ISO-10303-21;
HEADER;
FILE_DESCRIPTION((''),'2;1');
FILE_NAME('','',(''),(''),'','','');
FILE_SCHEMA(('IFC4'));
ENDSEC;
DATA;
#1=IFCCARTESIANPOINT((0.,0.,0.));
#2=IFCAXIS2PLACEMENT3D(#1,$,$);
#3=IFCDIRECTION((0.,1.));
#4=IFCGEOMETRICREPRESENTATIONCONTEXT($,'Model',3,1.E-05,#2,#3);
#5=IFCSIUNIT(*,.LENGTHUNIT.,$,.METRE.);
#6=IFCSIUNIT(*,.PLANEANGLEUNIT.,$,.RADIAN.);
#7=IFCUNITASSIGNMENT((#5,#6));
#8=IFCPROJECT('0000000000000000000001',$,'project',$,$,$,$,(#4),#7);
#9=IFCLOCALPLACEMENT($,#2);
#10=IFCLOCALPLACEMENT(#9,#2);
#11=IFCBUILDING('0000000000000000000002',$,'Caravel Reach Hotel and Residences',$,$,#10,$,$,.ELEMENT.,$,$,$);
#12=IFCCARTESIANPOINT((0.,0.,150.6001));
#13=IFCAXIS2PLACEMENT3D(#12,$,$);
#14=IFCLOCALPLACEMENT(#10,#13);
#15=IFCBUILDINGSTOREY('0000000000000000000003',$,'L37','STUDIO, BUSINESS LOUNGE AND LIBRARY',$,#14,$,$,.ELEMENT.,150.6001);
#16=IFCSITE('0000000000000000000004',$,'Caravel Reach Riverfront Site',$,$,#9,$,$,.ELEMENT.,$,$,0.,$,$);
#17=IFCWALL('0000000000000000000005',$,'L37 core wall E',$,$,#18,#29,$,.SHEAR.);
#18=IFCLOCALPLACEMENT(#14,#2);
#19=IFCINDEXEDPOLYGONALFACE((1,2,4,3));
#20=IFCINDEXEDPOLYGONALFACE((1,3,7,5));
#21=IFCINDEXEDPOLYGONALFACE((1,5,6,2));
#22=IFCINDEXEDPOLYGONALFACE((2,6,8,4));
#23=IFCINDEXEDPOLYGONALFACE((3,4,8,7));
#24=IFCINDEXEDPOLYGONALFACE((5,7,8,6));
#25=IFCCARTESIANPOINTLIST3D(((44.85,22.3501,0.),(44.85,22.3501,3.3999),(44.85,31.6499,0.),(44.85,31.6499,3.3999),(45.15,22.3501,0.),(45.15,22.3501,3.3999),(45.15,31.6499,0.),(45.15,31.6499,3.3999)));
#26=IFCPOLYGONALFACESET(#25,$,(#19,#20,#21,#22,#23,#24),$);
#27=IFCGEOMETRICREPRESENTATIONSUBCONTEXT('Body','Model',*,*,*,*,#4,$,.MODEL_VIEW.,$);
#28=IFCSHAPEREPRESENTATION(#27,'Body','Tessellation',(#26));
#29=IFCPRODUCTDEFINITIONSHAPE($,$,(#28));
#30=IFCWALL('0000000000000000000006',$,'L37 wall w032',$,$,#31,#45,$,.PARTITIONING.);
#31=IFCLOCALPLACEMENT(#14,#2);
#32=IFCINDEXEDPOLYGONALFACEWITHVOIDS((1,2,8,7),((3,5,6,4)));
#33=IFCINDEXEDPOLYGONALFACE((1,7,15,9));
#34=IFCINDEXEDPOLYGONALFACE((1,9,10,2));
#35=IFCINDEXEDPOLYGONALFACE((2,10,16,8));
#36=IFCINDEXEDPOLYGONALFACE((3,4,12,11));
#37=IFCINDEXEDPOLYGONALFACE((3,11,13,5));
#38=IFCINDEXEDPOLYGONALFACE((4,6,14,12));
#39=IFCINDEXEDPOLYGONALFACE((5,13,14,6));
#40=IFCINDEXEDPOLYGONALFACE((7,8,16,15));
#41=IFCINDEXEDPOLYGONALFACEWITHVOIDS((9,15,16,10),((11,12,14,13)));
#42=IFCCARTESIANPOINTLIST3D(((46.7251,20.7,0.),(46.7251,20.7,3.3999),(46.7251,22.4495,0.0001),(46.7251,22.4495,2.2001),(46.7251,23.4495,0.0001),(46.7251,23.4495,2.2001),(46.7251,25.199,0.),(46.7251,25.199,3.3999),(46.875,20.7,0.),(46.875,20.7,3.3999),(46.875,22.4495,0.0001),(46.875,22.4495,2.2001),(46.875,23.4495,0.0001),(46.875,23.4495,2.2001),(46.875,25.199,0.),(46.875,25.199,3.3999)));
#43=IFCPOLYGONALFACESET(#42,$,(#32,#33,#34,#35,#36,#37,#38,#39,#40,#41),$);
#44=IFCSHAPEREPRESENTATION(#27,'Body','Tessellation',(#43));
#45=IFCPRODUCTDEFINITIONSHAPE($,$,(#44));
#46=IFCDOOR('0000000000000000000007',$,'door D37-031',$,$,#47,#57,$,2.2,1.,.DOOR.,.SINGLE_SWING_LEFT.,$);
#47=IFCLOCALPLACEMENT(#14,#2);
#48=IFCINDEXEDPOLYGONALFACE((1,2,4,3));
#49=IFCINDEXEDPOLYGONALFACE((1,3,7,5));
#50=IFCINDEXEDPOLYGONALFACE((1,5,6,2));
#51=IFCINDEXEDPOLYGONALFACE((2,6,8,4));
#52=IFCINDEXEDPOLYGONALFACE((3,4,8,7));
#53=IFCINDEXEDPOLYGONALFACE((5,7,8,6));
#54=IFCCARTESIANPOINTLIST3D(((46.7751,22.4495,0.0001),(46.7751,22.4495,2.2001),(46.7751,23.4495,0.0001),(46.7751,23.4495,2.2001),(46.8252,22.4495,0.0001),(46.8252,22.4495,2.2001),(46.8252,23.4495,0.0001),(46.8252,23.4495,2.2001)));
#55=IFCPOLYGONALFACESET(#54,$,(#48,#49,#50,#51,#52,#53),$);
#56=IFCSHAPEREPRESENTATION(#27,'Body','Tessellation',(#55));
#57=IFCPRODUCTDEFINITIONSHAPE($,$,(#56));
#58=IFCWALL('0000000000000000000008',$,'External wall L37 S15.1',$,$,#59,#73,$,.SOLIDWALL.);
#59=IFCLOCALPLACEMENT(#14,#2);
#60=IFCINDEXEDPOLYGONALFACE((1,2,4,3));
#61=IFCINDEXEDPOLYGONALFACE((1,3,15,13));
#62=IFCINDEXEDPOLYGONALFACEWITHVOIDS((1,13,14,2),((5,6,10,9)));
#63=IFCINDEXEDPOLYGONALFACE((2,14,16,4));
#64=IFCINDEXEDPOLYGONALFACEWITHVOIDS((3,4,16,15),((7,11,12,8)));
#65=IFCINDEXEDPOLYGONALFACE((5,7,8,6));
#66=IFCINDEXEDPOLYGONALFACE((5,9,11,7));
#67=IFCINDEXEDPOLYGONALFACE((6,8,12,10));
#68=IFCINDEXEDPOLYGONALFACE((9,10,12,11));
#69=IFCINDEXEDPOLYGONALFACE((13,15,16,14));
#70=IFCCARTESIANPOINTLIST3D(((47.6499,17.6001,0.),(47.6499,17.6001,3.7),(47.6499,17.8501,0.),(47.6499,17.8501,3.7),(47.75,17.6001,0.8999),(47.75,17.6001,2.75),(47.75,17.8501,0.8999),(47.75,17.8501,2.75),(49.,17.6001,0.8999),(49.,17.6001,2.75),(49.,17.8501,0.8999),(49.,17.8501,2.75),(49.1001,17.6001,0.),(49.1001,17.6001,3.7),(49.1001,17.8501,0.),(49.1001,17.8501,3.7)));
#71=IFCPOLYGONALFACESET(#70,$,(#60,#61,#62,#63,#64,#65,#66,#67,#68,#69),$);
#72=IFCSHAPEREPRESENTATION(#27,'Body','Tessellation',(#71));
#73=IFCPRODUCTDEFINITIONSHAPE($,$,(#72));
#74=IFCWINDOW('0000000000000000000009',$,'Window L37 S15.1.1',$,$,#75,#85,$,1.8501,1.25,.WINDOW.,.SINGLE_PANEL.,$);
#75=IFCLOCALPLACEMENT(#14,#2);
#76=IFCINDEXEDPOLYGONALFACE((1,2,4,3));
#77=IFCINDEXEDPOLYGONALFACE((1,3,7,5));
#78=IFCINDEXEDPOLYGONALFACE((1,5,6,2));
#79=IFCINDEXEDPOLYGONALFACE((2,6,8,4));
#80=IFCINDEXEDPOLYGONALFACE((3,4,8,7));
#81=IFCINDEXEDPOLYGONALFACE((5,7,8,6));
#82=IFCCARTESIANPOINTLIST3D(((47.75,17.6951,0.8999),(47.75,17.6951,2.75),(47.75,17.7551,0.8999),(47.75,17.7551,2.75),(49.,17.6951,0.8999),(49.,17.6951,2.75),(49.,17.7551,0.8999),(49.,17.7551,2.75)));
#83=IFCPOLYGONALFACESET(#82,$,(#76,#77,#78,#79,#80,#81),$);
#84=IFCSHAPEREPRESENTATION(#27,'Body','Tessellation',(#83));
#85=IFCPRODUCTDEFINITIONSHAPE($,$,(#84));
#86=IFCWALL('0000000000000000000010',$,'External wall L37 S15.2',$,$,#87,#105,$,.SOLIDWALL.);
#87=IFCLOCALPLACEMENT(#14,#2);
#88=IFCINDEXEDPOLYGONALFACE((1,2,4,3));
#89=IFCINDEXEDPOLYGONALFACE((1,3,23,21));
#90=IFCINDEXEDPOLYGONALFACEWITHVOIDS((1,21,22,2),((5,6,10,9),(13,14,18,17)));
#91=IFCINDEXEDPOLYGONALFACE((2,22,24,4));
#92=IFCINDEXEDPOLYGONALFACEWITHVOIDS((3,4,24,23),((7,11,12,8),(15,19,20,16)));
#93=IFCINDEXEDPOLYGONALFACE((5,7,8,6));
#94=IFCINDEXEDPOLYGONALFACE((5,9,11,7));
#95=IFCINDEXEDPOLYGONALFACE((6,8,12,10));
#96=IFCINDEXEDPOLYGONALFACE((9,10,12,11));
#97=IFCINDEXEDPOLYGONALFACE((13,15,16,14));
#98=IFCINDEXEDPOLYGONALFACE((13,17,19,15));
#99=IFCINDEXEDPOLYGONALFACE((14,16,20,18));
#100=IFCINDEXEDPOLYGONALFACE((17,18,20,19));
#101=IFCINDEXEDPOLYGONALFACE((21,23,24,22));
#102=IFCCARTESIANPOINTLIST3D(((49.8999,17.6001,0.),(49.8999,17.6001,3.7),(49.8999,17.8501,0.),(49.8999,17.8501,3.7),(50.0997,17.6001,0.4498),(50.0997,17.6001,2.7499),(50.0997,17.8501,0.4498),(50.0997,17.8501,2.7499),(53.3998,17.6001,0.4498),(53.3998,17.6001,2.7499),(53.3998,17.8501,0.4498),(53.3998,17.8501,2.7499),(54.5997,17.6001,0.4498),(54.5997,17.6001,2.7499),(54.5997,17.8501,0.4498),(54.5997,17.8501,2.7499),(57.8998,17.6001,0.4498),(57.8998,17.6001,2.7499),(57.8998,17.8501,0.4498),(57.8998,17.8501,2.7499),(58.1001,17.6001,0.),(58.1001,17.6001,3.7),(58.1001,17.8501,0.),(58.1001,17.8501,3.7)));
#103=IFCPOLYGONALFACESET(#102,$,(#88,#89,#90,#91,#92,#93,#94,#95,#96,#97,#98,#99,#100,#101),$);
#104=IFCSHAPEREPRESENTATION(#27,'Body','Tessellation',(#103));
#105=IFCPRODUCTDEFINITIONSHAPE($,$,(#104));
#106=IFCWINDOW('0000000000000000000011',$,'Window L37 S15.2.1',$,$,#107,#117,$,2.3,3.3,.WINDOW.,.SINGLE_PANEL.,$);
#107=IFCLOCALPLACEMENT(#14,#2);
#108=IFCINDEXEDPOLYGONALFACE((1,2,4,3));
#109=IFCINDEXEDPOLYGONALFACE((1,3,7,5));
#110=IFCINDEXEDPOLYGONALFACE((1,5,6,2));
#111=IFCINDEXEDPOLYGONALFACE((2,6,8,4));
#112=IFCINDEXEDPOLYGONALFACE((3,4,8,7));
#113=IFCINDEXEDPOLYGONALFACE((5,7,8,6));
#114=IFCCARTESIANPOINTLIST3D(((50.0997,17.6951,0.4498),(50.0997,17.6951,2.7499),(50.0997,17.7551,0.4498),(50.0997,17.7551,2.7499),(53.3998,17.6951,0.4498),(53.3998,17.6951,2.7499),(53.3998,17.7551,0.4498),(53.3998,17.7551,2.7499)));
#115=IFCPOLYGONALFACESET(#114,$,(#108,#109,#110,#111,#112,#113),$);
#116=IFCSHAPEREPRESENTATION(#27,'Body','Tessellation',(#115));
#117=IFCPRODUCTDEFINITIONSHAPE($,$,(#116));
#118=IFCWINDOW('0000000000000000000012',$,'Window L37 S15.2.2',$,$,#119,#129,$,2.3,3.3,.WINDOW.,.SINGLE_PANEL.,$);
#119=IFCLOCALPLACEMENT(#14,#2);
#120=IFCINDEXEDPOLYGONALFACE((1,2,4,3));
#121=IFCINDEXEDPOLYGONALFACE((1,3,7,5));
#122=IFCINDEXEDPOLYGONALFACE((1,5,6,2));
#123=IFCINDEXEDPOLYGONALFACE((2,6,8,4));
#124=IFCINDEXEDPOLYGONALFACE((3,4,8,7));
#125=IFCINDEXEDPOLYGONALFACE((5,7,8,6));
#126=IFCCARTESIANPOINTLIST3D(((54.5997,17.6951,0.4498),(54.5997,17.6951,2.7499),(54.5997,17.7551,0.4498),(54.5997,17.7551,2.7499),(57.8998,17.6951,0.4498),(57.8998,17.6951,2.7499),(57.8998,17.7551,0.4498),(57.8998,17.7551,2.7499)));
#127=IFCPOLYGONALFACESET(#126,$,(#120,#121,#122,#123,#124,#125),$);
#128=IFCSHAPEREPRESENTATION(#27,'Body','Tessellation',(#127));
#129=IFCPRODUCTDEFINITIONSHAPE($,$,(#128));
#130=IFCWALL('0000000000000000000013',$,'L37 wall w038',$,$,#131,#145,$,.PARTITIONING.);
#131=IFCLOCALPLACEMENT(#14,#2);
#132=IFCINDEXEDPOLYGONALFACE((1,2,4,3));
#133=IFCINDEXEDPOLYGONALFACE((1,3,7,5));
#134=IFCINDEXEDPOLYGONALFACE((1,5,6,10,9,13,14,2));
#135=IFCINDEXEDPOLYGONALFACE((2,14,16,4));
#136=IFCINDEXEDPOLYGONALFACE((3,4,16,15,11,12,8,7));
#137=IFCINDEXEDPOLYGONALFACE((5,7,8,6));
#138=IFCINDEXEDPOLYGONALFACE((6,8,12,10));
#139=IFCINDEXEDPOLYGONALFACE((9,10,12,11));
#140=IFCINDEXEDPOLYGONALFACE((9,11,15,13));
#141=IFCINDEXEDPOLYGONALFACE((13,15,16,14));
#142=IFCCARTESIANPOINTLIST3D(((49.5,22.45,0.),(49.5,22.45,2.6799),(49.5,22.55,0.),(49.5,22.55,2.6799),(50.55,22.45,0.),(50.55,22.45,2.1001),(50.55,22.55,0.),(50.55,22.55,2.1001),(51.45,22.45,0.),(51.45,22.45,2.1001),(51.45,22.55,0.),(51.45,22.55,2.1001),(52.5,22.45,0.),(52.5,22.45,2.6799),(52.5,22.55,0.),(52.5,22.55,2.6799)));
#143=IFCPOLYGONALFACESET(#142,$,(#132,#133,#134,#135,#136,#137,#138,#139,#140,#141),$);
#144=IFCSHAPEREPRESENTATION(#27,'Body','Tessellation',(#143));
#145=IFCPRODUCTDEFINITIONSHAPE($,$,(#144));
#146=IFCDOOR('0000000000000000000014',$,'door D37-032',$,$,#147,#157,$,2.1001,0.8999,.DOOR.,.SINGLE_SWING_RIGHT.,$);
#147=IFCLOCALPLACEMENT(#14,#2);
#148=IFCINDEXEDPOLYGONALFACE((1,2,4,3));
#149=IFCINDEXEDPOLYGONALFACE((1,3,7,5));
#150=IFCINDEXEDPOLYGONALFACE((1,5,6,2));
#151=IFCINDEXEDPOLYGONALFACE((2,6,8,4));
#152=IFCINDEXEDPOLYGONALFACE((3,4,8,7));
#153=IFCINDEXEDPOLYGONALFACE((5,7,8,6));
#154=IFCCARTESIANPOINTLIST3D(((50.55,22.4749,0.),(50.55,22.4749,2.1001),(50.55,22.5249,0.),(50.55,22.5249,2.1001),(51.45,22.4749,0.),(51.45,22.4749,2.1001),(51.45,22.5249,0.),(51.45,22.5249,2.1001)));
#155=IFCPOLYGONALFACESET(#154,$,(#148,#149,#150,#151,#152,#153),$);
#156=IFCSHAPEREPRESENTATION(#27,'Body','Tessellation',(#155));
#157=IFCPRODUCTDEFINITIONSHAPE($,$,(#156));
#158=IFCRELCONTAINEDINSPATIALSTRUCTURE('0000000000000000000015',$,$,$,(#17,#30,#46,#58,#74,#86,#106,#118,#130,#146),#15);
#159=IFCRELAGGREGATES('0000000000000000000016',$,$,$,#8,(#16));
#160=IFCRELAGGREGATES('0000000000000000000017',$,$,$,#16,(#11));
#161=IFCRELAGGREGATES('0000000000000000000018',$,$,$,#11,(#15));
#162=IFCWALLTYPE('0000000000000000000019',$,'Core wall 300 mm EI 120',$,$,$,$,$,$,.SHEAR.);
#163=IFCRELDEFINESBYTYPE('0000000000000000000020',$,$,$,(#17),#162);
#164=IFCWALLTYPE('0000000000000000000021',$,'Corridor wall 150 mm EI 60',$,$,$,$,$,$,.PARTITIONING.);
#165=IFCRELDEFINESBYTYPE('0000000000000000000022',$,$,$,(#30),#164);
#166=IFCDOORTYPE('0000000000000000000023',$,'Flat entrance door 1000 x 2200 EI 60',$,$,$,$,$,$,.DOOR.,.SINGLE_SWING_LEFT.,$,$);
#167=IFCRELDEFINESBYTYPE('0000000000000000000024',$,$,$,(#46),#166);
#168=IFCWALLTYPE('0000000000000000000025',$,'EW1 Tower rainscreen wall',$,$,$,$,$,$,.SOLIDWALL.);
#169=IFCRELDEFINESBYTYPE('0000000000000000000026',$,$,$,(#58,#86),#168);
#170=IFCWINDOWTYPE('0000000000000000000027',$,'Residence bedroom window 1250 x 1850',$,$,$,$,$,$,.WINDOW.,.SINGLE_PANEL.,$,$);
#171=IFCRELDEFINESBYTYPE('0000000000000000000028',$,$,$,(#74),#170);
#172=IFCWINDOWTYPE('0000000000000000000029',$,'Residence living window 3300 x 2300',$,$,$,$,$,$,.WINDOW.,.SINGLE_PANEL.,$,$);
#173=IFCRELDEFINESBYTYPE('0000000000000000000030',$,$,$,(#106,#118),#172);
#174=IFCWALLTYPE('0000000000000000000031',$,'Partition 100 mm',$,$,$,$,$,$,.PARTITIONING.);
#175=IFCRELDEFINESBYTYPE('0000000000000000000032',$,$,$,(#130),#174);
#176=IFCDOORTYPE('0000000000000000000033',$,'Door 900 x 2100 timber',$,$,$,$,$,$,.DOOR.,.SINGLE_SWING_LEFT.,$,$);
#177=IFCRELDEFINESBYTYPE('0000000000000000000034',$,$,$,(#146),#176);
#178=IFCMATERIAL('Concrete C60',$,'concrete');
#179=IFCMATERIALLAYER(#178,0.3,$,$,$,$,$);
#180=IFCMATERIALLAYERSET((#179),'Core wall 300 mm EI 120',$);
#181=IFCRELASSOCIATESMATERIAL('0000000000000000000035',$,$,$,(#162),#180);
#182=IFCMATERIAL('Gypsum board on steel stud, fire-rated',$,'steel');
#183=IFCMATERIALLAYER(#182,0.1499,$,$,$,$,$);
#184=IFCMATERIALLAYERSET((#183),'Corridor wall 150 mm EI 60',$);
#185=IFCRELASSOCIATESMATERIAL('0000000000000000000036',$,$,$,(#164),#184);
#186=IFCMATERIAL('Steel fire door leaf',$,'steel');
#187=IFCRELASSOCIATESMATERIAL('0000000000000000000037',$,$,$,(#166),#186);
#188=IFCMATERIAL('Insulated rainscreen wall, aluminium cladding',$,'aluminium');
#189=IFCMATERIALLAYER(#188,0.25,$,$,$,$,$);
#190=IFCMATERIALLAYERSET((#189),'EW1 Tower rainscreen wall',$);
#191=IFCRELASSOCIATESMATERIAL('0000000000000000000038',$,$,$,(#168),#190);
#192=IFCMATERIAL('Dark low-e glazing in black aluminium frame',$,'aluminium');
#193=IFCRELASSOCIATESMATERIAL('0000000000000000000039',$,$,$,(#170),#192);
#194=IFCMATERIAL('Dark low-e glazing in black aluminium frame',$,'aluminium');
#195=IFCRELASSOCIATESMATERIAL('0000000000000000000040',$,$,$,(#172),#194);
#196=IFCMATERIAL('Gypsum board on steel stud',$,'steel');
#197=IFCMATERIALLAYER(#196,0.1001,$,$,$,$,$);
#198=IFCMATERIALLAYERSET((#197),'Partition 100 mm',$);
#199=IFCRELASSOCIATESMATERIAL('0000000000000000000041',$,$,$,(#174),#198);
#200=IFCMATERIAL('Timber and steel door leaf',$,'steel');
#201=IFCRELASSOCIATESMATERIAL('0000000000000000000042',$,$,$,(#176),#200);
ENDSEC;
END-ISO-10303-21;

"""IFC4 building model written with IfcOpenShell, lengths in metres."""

from ifc_helpers import new_model, si_unit, direction, frame, frame_2d, origin, place, context, subcontext, project, spatial, rectangle, extrude, material, layer, layer_set, type_object, element, fill, save


model = new_model("IFC4")

# Units and contexts
model_context = context("Model", 3, precision=1e-05, world=origin(), true_north=direction((0.0, 1.0)))
body_context = subcontext(model_context, "Body", "Model", "MODEL_VIEW")
ifc_project = project(units=[si_unit("LENGTHUNIT", "METRE"), si_unit("PLANEANGLEUNIT", "RADIAN")], contexts=[model_context])

# Site, building, storey
site_placement = place(None, origin())
site = spatial("IfcSite", under=ifc_project, at=site_placement, Name="Caravel Reach Riverfront Site", CompositionType="ELEMENT", RefElevation=0.0)
building_placement = place(site_placement, origin())
building = spatial("IfcBuilding", under=site, at=building_placement, Name="Caravel Reach Hotel and Residences", CompositionType="ELEMENT")
storey_placement = place(building_placement, frame((0.0, 0.0, 150.6001)))
storey = spatial("IfcBuildingStorey", under=building, at=storey_placement, Name="L37", Description="STUDIO, BUSINESS LOUNGE AND LIBRARY", CompositionType="ELEMENT", Elevation=150.6001)

# Wall
ifc_material_1 = material(Name="Concrete C60", Category="concrete")
ifc_layer_1 = layer(ifc_material_1, 0.3)
ifc_layer_set_1 = layer_set([ifc_layer_1], Name="Core wall 300 mm EI 120")
wall_type_1 = type_object("IfcWallType", Name="Core wall 300 mm EI 120", PredefinedType="SHEAR", material=ifc_layer_set_1)
wall_1_placement = place(storey_placement, frame((45.0, 22.3501, 0.0), z_axis=(0.0, 0.0, 1.0), x_axis=(0.0, 1.0, 0.0)))
element("IfcWall", 1, at=wall_1_placement, inside=storey, type_object=wall_type_1, Name="L37 core wall E", PredefinedType="SHEAR", context=body_context, shape_type="SweptSolid", body=[
    extrude(rectangle(XDim=9.2998, YDim=0.3, at=frame_2d((4.6499, 0.0))), origin(), (0.0, 0.0, 1.0), 3.3999),
])

# Wall, opening, door
ifc_material_2 = material(Name="Gypsum board on steel stud, fire-rated", Category="steel")
ifc_layer_2 = layer(ifc_material_2, 0.1499)
ifc_layer_set_2 = layer_set([ifc_layer_2], Name="Corridor wall 150 mm EI 60")
wall_type_2 = type_object("IfcWallType", Name="Corridor wall 150 mm EI 60", PredefinedType="PARTITIONING", material=ifc_layer_set_2)
wall_2_placement = place(storey_placement, frame((46.8, 20.7, 0.0), z_axis=(0.0, 0.0, 1.0), x_axis=(0.0, 1.0, 0.0)))
wall_2 = element("IfcWall", 2, at=wall_2_placement, inside=storey, type_object=wall_type_2, Name="L37 wall w032", PredefinedType="PARTITIONING", context=body_context, shape_type="SweptSolid", body=[
    extrude(rectangle(XDim=4.499, YDim=0.1499, at=frame_2d((2.2495, 0.0))), origin(), (0.0, 0.0, 1.0), 3.3999),
])
opening_1_placement = place(wall_2_placement, frame((1.7495, 0.0, 0.0)))
opening_1 = element("IfcOpeningElement", 3, at=opening_1_placement, cuts=wall_2, PredefinedType="OPENING", context=body_context, shape_type="SweptSolid", body=[
    extrude(rectangle(XDim=1.0, YDim=2.2, at=frame_2d((0.5, 1.1001))), frame((0.0, 0.085, 0.0), z_axis=(0.0, -1.0, 0.0), x_axis=(1.0, 0.0, 0.0)), (0.0, 0.0, 1.0), 0.1699),
])
ifc_material_3 = material(Name="Steel fire door leaf", Category="steel")
door_type_1 = type_object("IfcDoorType", Name="Flat entrance door 1000 x 2200 EI 60", OperationType="SINGLE_SWING_LEFT", PredefinedType="DOOR", material=ifc_material_3)
door_1_placement = place(opening_1_placement, origin())
door_1 = element("IfcDoor", 4, at=door_1_placement, inside=storey, type_object=door_type_1, Name="door D37-031", OperationType="SINGLE_SWING_LEFT", OverallHeight=2.2, OverallWidth=1.0, PredefinedType="DOOR", context=body_context, shape_type="SweptSolid", body=[
    extrude(rectangle(XDim=1.0, YDim=2.2, at=frame_2d((0.5, 1.1001))), frame((0.0, 0.0249, 0.0), z_axis=(0.0, -1.0, 0.0), x_axis=(1.0, 0.0, 0.0)), (0.0, 0.0, 1.0), 0.05),
])
fill(opening_1, door_1)

# Wall, opening, window
ifc_material_4 = material(Name="Insulated rainscreen wall, aluminium cladding", Category="aluminium")
ifc_layer_3 = layer(ifc_material_4, 0.25)
ifc_layer_set_3 = layer_set([ifc_layer_3], Name="EW1 Tower rainscreen wall")
wall_type_3 = type_object("IfcWallType", Name="EW1 Tower rainscreen wall", PredefinedType="SOLIDWALL", material=ifc_layer_set_3)
wall_3_placement = place(storey_placement, frame((47.6499, 17.7251, 0.0), z_axis=(0.0, 0.0, 1.0), x_axis=(1.0, 0.0, 0.0)))
wall_3 = element("IfcWall", 5, at=wall_3_placement, inside=storey, type_object=wall_type_3, Name="External wall L37 S15.1", PredefinedType="SOLIDWALL", context=body_context, shape_type="SweptSolid", body=[
    extrude(rectangle(XDim=1.4502, YDim=0.25, at=frame_2d((0.7251, 0.0))), origin(), (0.0, 0.0, 1.0), 3.7),
])
opening_2_placement = place(wall_3_placement, frame((0.1001, 0.0, 0.8999)))
opening_2 = element("IfcOpeningElement", 6, at=opening_2_placement, cuts=wall_3, PredefinedType="OPENING", context=body_context, shape_type="SweptSolid", body=[
    extrude(rectangle(XDim=1.25, YDim=1.8501, at=frame_2d((0.625, 0.925))), frame((0.0, 0.135, 0.0), z_axis=(0.0, -1.0, 0.0), x_axis=(1.0, 0.0, 0.0)), (0.0, 0.0, 1.0), 0.27),
])
ifc_material_5 = material(Name="Dark low-e glazing in black aluminium frame", Category="aluminium")
window_type_1 = type_object("IfcWindowType", Name="Residence bedroom window 1250 x 1850", PartitioningType="SINGLE_PANEL", PredefinedType="WINDOW", material=ifc_material_5)
window_1_placement = place(opening_2_placement, origin())
window_1 = element("IfcWindow", 7, at=window_1_placement, inside=storey, type_object=window_type_1, Name="Window L37 S15.1.1", OverallHeight=1.8501, OverallWidth=1.25, PartitioningType="SINGLE_PANEL", PredefinedType="WINDOW", context=body_context, shape_type="SweptSolid", body=[
    extrude(rectangle(XDim=1.25, YDim=1.8501, at=frame_2d((0.625, 0.925))), frame((0.0, 0.03, 0.0), z_axis=(0.0, -1.0, 0.0), x_axis=(1.0, 0.0, 0.0)), (0.0, 0.0, 1.0), 0.0601),
])
fill(opening_2, window_1)

# Wall, openings, windows
wall_4_placement = place(storey_placement, frame((49.8999, 17.7251, 0.0), z_axis=(0.0, 0.0, 1.0), x_axis=(1.0, 0.0, 0.0)))
wall_4 = element("IfcWall", 8, at=wall_4_placement, inside=storey, type_object=wall_type_3, Name="External wall L37 S15.2", PredefinedType="SOLIDWALL", context=body_context, shape_type="SweptSolid", body=[
    extrude(rectangle(XDim=8.2002, YDim=0.25, at=frame_2d((4.1001, 0.0))), origin(), (0.0, 0.0, 1.0), 3.7),
])
opening_3_placement = place(wall_4_placement, frame((0.2, 0.0, 0.45)))
opening_3 = element("IfcOpeningElement", 9, at=opening_3_placement, cuts=wall_4, PredefinedType="OPENING", context=body_context, shape_type="SweptSolid", body=[
    extrude(rectangle(XDim=3.3, YDim=2.3, at=frame_2d((1.6499, 1.1499))), frame((0.0, 0.135, 0.0), z_axis=(0.0, -1.0, 0.0), x_axis=(1.0, 0.0, 0.0)), (0.0, 0.0, 1.0), 0.27),
])
opening_4_placement = place(wall_4_placement, frame((4.7, 0.0, 0.45)))
opening_4 = element("IfcOpeningElement", 10, at=opening_4_placement, cuts=wall_4, PredefinedType="OPENING", context=body_context, shape_type="SweptSolid", body=[
    extrude(rectangle(XDim=3.3, YDim=2.3, at=frame_2d((1.6499, 1.1499))), frame((0.0, 0.135, 0.0), z_axis=(0.0, -1.0, 0.0), x_axis=(1.0, 0.0, 0.0)), (0.0, 0.0, 1.0), 0.27),
])
ifc_material_6 = material(Name="Dark low-e glazing in black aluminium frame", Category="aluminium")
window_type_2 = type_object("IfcWindowType", Name="Residence living window 3300 x 2300", PartitioningType="SINGLE_PANEL", PredefinedType="WINDOW", material=ifc_material_6)
window_2_placement = place(opening_3_placement, origin())
window_2 = element("IfcWindow", 11, at=window_2_placement, inside=storey, type_object=window_type_2, Name="Window L37 S15.2.1", OverallHeight=2.3, OverallWidth=3.3, PartitioningType="SINGLE_PANEL", PredefinedType="WINDOW", context=body_context, shape_type="SweptSolid", body=[
    extrude(rectangle(XDim=3.3, YDim=2.3, at=frame_2d((1.6499, 1.1499))), frame((0.0, 0.03, 0.0), z_axis=(0.0, -1.0, 0.0), x_axis=(1.0, 0.0, 0.0)), (0.0, 0.0, 1.0), 0.0601),
])
fill(opening_3, window_2)
window_3_placement = place(opening_4_placement, origin())
window_3 = element("IfcWindow", 12, at=window_3_placement, inside=storey, type_object=window_type_2, Name="Window L37 S15.2.2", OverallHeight=2.3, OverallWidth=3.3, PartitioningType="SINGLE_PANEL", PredefinedType="WINDOW", context=body_context, shape_type="SweptSolid", body=[
    extrude(rectangle(XDim=3.3, YDim=2.3, at=frame_2d((1.6499, 1.1499))), frame((0.0, 0.03, 0.0), z_axis=(0.0, -1.0, 0.0), x_axis=(1.0, 0.0, 0.0)), (0.0, 0.0, 1.0), 0.0601),
])
fill(opening_4, window_3)

# Wall, opening, door
ifc_material_7 = material(Name="Gypsum board on steel stud", Category="steel")
ifc_layer_4 = layer(ifc_material_7, 0.1001)
ifc_layer_set_4 = layer_set([ifc_layer_4], Name="Partition 100 mm")
wall_type_4 = type_object("IfcWallType", Name="Partition 100 mm", PredefinedType="PARTITIONING", material=ifc_layer_set_4)
wall_5_placement = place(storey_placement, frame((49.5, 22.5, 0.0), z_axis=(0.0, 0.0, 1.0), x_axis=(1.0, 0.0, 0.0)))
wall_5 = element("IfcWall", 13, at=wall_5_placement, inside=storey, type_object=wall_type_4, Name="L37 wall w038", PredefinedType="PARTITIONING", context=body_context, shape_type="SweptSolid", body=[
    extrude(rectangle(XDim=3.0, YDim=0.1001, at=frame_2d((1.5, 0.0))), origin(), (0.0, 0.0, 1.0), 2.6799),
])
opening_5_placement = place(wall_5_placement, frame((1.05, 0.0, 0.0)))
opening_5 = element("IfcOpeningElement", 14, at=opening_5_placement, cuts=wall_5, PredefinedType="OPENING", context=body_context, shape_type="SweptSolid", body=[
    extrude(rectangle(XDim=0.8999, YDim=2.1001, at=frame_2d((0.45, 1.05))), frame((0.0, 0.0601, 0.0), z_axis=(0.0, -1.0, 0.0), x_axis=(1.0, 0.0, 0.0)), (0.0, 0.0, 1.0), 0.1201),
])
ifc_material_8 = material(Name="Timber and steel door leaf", Category="steel")
door_type_2 = type_object("IfcDoorType", Name="Door 900 x 2100 timber", OperationType="SINGLE_SWING_LEFT", PredefinedType="DOOR", material=ifc_material_8)
door_2_placement = place(opening_5_placement, origin())
door_2 = element("IfcDoor", 15, at=door_2_placement, inside=storey, type_object=door_type_2, Name="door D37-032", OperationType="SINGLE_SWING_RIGHT", OverallHeight=2.1001, OverallWidth=0.8999, PredefinedType="DOOR", context=body_context, shape_type="SweptSolid", body=[
    extrude(rectangle(XDim=0.8999, YDim=2.1001, at=frame_2d((0.45, 1.05))), frame((0.0, 0.0249, 0.0), z_axis=(0.0, -1.0, 0.0), x_axis=(1.0, 0.0, 0.0)), (0.0, 0.0, 1.0), 0.05),
])
fill(opening_5, door_2)

save(model, "model.ifc")
